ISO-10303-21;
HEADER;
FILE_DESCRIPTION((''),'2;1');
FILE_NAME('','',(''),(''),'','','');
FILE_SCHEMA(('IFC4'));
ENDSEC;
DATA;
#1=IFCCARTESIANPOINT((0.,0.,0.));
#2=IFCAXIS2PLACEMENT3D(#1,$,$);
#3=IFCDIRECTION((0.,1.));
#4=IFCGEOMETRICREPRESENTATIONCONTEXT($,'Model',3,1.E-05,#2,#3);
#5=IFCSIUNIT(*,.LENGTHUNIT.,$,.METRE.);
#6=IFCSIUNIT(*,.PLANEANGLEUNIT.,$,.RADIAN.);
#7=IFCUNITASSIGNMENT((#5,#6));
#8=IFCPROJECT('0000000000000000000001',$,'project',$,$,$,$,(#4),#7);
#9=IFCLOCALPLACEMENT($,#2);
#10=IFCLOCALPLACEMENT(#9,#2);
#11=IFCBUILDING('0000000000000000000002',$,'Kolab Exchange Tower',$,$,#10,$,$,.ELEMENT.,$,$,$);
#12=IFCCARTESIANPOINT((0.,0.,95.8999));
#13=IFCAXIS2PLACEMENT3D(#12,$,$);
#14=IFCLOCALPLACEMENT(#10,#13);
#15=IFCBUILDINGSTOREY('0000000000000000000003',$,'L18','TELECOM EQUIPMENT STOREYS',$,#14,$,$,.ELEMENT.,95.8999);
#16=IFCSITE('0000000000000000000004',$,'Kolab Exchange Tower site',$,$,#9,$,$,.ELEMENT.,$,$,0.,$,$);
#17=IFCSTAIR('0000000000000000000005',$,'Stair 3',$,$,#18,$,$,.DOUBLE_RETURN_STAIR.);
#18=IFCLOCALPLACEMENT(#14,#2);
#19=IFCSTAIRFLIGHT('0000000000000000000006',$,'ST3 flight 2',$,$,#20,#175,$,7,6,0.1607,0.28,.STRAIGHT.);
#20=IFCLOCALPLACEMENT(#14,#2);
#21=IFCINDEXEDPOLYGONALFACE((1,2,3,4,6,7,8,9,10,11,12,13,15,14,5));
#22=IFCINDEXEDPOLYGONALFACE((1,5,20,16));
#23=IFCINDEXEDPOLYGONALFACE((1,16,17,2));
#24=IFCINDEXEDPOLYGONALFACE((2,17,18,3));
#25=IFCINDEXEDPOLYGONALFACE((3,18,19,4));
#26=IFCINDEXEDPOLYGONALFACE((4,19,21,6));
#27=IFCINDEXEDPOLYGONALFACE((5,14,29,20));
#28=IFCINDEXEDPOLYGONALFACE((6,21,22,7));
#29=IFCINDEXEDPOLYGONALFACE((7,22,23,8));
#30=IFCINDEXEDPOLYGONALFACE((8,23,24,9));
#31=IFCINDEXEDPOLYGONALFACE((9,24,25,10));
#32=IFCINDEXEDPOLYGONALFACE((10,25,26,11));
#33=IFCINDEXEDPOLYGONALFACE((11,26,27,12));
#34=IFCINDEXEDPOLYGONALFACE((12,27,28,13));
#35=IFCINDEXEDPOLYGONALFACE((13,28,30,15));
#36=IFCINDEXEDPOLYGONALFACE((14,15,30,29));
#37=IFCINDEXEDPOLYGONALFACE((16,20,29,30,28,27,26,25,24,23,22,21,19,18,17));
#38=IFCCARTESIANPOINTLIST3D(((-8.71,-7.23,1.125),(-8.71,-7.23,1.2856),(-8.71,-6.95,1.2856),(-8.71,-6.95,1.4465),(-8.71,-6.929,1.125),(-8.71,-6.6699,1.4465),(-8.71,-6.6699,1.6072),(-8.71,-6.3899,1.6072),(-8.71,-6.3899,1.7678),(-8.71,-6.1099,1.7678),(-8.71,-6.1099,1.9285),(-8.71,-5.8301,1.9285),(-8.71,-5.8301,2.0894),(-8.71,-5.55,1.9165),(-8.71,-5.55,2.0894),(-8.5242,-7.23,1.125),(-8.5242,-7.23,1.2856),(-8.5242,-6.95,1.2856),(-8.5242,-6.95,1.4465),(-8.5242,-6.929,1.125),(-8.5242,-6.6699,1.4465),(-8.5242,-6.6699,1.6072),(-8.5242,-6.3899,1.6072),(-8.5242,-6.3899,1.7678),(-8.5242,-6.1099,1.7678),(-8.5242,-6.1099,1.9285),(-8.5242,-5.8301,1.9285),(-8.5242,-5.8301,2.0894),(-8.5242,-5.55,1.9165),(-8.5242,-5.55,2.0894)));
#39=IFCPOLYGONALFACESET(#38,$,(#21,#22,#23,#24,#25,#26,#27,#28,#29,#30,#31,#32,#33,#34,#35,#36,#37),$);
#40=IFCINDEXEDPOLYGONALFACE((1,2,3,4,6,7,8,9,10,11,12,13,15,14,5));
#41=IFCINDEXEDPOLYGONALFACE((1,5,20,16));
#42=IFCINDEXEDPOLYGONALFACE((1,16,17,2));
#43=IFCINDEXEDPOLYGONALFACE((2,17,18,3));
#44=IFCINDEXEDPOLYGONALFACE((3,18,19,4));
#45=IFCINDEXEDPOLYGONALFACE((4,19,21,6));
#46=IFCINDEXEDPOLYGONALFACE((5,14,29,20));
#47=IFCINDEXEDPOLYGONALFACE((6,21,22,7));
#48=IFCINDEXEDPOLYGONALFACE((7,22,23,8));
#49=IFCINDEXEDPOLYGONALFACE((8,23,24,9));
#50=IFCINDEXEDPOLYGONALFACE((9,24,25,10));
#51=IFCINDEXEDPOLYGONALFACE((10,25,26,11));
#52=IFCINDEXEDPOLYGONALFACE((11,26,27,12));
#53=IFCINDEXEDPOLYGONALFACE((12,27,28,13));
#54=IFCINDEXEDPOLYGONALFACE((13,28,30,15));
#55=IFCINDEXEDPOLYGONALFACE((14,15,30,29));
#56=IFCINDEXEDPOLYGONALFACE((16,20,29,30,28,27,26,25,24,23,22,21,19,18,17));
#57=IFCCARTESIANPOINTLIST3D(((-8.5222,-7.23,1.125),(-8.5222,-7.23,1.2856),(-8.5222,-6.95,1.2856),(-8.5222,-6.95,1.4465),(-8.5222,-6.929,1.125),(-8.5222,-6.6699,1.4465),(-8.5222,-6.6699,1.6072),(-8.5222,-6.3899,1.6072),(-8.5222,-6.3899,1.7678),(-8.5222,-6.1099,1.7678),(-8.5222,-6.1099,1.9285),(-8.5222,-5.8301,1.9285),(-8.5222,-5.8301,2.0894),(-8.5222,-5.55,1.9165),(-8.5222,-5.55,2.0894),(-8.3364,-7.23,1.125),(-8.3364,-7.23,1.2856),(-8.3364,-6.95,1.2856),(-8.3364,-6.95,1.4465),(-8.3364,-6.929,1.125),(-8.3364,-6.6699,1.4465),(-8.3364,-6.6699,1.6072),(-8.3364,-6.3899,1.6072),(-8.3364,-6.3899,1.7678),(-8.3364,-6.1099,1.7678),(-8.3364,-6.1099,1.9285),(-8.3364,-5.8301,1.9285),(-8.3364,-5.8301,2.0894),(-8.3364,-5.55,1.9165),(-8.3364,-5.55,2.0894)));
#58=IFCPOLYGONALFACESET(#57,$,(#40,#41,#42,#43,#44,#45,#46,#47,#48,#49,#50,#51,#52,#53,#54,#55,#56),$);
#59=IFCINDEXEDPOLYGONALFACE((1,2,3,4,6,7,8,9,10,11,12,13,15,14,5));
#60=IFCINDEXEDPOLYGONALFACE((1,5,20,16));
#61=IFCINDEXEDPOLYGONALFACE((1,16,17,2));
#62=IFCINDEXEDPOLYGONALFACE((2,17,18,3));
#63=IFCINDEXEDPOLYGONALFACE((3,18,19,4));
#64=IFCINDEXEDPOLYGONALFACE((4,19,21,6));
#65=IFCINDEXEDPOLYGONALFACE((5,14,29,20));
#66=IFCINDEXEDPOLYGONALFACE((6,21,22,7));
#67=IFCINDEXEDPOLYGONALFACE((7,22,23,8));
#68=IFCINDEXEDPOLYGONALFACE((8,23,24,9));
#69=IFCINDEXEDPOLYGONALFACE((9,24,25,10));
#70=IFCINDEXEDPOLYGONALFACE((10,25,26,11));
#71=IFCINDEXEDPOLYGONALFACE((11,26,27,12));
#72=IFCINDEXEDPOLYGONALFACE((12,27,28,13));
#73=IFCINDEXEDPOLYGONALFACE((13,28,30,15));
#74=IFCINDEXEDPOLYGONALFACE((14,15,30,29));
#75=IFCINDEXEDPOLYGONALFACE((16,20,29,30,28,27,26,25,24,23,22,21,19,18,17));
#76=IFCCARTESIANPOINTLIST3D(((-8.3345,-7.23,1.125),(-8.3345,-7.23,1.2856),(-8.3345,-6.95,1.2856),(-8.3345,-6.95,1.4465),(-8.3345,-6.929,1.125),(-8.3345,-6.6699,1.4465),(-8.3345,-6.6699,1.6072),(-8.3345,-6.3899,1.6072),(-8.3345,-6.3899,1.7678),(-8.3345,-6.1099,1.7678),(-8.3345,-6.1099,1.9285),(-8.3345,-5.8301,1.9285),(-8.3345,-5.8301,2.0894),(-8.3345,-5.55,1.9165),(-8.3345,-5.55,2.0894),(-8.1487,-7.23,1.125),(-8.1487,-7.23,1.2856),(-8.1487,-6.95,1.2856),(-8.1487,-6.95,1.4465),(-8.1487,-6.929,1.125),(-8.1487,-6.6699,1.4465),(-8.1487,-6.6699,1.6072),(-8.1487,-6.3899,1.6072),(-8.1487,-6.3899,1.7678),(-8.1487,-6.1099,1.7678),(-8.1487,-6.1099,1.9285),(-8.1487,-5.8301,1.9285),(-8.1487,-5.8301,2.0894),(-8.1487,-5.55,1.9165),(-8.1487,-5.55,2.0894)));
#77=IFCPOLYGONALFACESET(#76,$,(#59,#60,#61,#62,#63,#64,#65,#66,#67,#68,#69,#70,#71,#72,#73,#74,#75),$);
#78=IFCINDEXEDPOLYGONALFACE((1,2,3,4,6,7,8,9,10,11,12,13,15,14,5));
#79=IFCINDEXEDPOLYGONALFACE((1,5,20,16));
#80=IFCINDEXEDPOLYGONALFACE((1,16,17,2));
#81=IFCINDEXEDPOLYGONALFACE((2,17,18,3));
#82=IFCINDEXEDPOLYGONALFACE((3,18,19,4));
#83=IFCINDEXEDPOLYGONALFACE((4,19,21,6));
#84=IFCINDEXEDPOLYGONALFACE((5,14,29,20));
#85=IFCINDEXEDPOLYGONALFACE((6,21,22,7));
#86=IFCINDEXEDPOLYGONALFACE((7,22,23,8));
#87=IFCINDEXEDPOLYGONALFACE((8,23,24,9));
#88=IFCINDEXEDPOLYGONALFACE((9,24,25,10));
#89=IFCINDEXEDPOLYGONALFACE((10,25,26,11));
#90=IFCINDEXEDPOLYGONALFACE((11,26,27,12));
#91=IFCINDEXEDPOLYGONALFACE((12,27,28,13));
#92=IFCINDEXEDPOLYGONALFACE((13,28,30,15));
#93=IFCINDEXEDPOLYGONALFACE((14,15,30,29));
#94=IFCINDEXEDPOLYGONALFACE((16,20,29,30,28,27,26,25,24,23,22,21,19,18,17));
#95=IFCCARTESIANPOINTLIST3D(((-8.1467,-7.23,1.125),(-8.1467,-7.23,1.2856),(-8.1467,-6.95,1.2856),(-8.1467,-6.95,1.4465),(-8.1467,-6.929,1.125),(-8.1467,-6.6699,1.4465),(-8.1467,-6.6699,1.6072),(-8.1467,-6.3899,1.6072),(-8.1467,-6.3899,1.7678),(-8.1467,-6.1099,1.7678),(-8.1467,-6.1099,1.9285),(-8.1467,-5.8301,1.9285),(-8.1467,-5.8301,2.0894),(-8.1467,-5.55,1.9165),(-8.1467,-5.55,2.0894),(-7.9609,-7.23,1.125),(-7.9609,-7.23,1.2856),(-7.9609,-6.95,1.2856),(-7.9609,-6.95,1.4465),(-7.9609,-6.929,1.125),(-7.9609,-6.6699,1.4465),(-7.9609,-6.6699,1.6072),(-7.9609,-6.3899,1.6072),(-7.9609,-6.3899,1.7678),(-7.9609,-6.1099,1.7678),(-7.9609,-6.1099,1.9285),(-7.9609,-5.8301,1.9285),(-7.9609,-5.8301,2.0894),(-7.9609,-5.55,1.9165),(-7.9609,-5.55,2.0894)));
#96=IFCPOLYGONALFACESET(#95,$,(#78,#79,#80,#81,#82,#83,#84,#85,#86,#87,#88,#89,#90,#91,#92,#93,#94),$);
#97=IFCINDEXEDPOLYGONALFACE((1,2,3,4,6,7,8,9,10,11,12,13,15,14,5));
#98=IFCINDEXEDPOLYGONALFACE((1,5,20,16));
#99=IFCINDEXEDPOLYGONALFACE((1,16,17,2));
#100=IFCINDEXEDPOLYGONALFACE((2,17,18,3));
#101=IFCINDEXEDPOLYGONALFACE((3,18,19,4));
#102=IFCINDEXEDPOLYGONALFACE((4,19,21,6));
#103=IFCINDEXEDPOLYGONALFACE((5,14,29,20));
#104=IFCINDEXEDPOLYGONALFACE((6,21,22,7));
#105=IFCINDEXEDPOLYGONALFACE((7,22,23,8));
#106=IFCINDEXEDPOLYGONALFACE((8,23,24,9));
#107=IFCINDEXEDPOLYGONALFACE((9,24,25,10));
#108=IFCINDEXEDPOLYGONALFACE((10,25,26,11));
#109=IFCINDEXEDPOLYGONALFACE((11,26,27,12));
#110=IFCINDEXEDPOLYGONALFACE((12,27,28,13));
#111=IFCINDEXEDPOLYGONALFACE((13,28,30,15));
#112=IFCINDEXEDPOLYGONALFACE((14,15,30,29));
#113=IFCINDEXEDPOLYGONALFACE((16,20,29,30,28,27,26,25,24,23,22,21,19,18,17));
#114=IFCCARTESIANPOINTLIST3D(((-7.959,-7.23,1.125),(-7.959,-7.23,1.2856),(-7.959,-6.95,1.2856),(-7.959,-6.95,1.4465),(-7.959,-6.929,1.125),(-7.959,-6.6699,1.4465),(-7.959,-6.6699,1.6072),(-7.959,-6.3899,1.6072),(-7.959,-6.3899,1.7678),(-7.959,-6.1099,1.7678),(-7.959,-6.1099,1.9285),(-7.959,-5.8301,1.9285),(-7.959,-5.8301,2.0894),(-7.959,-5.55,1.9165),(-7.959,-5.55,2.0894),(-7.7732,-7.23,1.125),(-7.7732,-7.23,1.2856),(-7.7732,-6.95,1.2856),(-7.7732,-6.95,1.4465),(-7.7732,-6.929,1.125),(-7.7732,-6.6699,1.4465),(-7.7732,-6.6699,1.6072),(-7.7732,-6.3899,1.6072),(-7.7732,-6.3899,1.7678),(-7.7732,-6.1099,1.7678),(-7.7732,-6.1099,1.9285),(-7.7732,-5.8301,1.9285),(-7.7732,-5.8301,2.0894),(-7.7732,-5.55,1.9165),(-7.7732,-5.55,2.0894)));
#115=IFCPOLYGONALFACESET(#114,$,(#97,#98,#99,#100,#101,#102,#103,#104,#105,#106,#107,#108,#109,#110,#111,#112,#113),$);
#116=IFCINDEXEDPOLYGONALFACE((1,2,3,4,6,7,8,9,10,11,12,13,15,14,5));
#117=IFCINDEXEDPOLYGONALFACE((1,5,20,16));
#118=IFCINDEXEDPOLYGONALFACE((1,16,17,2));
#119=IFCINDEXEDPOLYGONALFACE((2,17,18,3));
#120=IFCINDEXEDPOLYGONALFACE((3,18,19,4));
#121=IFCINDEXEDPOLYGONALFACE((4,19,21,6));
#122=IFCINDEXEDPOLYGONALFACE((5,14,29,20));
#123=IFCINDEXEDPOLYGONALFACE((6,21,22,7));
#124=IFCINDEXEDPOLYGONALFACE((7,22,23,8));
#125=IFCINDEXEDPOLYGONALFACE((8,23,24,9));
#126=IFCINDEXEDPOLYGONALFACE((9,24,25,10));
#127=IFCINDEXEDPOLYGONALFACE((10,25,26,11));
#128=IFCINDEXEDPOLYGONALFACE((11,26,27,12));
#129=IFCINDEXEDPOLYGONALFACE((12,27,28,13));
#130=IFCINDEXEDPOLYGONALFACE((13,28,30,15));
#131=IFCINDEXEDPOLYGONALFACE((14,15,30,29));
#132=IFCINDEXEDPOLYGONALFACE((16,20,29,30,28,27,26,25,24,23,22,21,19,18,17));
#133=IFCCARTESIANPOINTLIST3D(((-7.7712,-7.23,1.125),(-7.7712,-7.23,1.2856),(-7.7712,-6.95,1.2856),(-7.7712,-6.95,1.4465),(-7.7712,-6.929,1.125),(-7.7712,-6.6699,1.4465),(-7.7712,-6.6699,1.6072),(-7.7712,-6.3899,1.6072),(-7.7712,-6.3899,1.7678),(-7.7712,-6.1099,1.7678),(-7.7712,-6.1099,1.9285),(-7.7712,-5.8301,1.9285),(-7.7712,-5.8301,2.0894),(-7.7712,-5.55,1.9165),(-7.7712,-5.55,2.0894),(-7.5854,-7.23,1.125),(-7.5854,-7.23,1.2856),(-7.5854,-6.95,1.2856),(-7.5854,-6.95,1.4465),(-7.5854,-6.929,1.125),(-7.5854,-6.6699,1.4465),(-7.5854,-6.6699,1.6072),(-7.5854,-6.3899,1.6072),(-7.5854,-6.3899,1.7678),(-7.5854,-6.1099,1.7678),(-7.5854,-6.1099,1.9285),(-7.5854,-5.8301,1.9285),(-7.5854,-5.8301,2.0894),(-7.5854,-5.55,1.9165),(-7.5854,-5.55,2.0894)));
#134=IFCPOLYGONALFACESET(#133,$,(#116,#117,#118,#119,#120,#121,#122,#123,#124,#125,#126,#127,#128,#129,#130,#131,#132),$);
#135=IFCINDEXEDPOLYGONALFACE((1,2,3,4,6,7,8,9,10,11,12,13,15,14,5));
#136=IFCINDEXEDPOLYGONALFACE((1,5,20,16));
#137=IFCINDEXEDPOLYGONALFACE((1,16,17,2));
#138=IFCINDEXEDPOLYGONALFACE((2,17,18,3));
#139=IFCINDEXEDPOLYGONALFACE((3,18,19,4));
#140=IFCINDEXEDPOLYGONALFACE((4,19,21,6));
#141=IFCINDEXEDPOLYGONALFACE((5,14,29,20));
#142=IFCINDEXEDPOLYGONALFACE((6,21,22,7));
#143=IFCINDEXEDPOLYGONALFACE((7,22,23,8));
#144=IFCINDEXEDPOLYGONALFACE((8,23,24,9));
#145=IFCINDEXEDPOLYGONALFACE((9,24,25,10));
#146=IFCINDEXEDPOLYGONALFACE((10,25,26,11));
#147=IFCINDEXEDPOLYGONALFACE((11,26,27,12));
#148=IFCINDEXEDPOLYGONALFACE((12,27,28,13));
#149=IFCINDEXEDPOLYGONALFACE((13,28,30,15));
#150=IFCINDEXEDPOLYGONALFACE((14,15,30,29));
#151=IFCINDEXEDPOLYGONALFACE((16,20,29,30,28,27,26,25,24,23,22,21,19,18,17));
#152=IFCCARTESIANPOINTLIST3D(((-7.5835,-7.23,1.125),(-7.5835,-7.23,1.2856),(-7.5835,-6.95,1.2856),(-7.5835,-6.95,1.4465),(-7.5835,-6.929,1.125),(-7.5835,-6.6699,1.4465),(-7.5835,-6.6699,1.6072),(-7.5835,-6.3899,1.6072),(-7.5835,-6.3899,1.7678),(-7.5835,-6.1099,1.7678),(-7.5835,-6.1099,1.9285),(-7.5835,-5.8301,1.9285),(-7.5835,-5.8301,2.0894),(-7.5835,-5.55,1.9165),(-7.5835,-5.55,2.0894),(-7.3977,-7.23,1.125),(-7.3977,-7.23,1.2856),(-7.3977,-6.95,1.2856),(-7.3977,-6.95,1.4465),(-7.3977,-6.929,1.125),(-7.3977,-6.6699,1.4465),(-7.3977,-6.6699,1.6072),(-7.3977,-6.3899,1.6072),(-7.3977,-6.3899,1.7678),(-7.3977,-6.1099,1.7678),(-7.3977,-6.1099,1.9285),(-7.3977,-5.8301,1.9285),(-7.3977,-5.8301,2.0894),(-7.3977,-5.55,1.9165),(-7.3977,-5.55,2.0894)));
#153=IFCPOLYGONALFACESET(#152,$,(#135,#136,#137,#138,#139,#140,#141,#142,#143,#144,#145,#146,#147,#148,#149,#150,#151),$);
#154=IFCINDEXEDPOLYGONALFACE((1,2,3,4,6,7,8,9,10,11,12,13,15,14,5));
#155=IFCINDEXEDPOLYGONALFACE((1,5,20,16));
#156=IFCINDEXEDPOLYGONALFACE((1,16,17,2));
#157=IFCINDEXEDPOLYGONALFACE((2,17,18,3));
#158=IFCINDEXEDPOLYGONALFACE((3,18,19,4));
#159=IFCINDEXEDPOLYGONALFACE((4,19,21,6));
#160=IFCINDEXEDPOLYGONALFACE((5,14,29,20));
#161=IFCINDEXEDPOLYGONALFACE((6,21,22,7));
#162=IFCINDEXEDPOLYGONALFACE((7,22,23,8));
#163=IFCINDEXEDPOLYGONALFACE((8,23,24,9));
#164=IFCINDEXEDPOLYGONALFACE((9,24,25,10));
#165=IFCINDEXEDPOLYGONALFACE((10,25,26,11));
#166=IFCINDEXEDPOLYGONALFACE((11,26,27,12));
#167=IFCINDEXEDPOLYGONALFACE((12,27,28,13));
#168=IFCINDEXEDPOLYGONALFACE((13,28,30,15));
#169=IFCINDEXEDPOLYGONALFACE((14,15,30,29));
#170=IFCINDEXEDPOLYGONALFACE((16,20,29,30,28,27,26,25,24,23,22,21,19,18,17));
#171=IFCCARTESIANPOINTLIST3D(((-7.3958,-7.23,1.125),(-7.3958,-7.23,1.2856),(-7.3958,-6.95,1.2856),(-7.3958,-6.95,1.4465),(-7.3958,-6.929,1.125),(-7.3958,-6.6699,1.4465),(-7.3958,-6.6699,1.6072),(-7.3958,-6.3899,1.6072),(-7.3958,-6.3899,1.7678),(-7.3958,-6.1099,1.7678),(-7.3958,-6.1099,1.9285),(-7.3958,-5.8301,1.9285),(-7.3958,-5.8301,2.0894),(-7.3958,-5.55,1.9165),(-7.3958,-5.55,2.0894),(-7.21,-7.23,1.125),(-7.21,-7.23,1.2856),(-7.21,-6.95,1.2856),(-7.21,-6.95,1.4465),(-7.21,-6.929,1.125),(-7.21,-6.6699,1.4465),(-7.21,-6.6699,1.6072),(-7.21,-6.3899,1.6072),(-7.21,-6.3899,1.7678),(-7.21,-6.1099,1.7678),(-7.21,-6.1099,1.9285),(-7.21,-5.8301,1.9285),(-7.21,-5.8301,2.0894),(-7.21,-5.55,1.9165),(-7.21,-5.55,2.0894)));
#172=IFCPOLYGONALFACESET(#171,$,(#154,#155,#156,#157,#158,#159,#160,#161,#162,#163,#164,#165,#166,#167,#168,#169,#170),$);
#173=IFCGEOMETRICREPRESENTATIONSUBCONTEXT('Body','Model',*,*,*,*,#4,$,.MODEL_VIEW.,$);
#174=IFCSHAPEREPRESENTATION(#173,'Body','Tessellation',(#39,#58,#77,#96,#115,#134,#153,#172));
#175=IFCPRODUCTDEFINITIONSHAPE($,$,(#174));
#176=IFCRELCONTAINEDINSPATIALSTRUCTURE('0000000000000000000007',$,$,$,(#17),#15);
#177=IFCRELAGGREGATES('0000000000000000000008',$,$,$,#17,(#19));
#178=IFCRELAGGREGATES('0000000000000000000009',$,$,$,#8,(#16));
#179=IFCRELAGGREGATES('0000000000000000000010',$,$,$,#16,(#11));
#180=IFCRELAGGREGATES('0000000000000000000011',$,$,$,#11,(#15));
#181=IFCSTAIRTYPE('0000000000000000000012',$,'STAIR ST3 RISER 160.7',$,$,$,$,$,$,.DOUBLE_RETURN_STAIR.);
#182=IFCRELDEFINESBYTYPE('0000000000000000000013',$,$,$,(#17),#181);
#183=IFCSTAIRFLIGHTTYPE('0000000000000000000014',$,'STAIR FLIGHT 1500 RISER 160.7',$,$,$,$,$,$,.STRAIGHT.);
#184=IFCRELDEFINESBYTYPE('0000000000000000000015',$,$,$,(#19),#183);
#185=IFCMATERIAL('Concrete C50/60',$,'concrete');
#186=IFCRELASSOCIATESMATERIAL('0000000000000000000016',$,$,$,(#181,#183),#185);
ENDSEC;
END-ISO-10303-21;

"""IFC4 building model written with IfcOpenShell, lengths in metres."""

from ifc_helpers import new_model, si_unit, direction, frame, origin, place, context, subcontext, project, spatial, polyline, outline, extrude, material, type_object, element, aggregate, save


model = new_model("IFC4")

# Units and contexts
model_context = context("Model", 3, precision=1e-05, world=origin(), true_north=direction((0.0, 1.0)))
body_context = subcontext(model_context, "Body", "Model", "MODEL_VIEW")
ifc_project = project(units=[si_unit("LENGTHUNIT", "METRE"), si_unit("PLANEANGLEUNIT", "RADIAN")], contexts=[model_context])

# Site, building, storey
site_placement = place(None, origin())
site = spatial("IfcSite", under=ifc_project, at=site_placement, Name="Kolab Exchange Tower site", CompositionType="ELEMENT", RefElevation=0.0)
building_placement = place(site_placement, origin())
building = spatial("IfcBuilding", under=site, at=building_placement, Name="Kolab Exchange Tower", CompositionType="ELEMENT")
storey_placement = place(building_placement, frame((0.0, 0.0, 95.8999)))
storey = spatial("IfcBuildingStorey", under=building, at=storey_placement, Name="L18", Description="TELECOM EQUIPMENT STOREYS", CompositionType="ELEMENT", Elevation=95.8999)

# Shared definitions
ifc_material_1 = material(Name="Concrete C50/60", Category="concrete")

# Stair, stair flight
stair_type = type_object("IfcStairType", Name="STAIR ST3 RISER 160.7", PredefinedType="DOUBLE_RETURN_STAIR", material=ifc_material_1)
stair_placement = place(storey_placement, origin())
stair = element("IfcStair", 1, at=stair_placement, inside=storey, type_object=stair_type, Name="Stair 3", PredefinedType="DOUBLE_RETURN_STAIR")
stair_flight_type = type_object("IfcStairFlightType", Name="STAIR FLIGHT 1500 RISER 160.7", PredefinedType="STRAIGHT", material=ifc_material_1)
stair_flight_1_placement = place(storey_placement, frame((-7.96, -7.23, 1.125), z_axis=(0.0, 0.0, 1.0), x_axis=(0.0, 1.0, 0.0)))
stair_flight_1 = element("IfcStairFlight", 2, at=stair_flight_1_placement, type_object=stair_flight_type, Name="ST3 flight 2", NumberOfRisers=7, NumberOfTreads=6, PredefinedType="STRAIGHT", RiserHeight=0.1607, TreadLength=0.28, context=body_context, shape_type="SweptSolid", body=[
    extrude(outline(polyline([(0.0, 0.0), (0.0, 0.1606), (0.28, 0.1606), (0.28, 0.3215), (0.5601, 0.3215), (0.5601, 0.4822), (0.8401, 0.4822), (0.8401, 0.6428), (1.1201, 0.6428), (1.1201, 0.8035), (1.3999, 0.8035), (1.3999, 0.9644), (1.6799, 0.9644), (1.6799, 1.125), (1.6799, 0.7915), (0.301, 0.0), (0.0, 0.0)])), frame((0.0, 0.75, 0.0), z_axis=(0.0, -1.0, 0.0), x_axis=(1.0, 0.0, 0.0)), (0.0, 0.0, 1.0), 0.1858),
    extrude(outline(polyline([(0.0, 0.0), (0.0, 0.1606), (0.28, 0.1606), (0.28, 0.3215), (0.5601, 0.3215), (0.5601, 0.4822), (0.8401, 0.4822), (0.8401, 0.6428), (1.1201, 0.6428), (1.1201, 0.8035), (1.3999, 0.8035), (1.3999, 0.9644), (1.6799, 0.9644), (1.6799, 1.125), (1.6799, 0.7915), (0.301, 0.0), (0.0, 0.0)])), frame((0.0, 0.5623, 0.0), z_axis=(0.0, -1.0, 0.0), x_axis=(1.0, 0.0, 0.0)), (0.0, 0.0, 1.0), 0.1858),
    extrude(outline(polyline([(0.0, 0.0), (0.0, 0.1606), (0.28, 0.1606), (0.28, 0.3215), (0.5601, 0.3215), (0.5601, 0.4822), (0.8401, 0.4822), (0.8401, 0.6428), (1.1201, 0.6428), (1.1201, 0.8035), (1.3999, 0.8035), (1.3999, 0.9644), (1.6799, 0.9644), (1.6799, 1.125), (1.6799, 0.7915), (0.301, 0.0), (0.0, 0.0)])), frame((0.0, 0.3745, 0.0), z_axis=(0.0, -1.0, 0.0), x_axis=(1.0, 0.0, 0.0)), (0.0, 0.0, 1.0), 0.1858),
    extrude(outline(polyline([(0.0, 0.0), (0.0, 0.1606), (0.28, 0.1606), (0.28, 0.3215), (0.5601, 0.3215), (0.5601, 0.4822), (0.8401, 0.4822), (0.8401, 0.6428), (1.1201, 0.6428), (1.1201, 0.8035), (1.3999, 0.8035), (1.3999, 0.9644), (1.6799, 0.9644), (1.6799, 1.125), (1.6799, 0.7915), (0.301, 0.0), (0.0, 0.0)])), frame((0.0, 0.1868, 0.0), z_axis=(0.0, -1.0, 0.0), x_axis=(1.0, 0.0, 0.0)), (0.0, 0.0, 1.0), 0.1858),
    extrude(outline(polyline([(0.0, 0.0), (0.0, 0.1606), (0.28, 0.1606), (0.28, 0.3215), (0.5601, 0.3215), (0.5601, 0.4822), (0.8401, 0.4822), (0.8401, 0.6428), (1.1201, 0.6428), (1.1201, 0.8035), (1.3999, 0.8035), (1.3999, 0.9644), (1.6799, 0.9644), (1.6799, 1.125), (1.6799, 0.7915), (0.301, 0.0), (0.0, 0.0)])), frame((0.0, -0.001, 0.0), z_axis=(0.0, -1.0, 0.0), x_axis=(1.0, 0.0, 0.0)), (0.0, 0.0, 1.0), 0.1858),
    extrude(outline(polyline([(0.0, 0.0), (0.0, 0.1606), (0.28, 0.1606), (0.28, 0.3215), (0.5601, 0.3215), (0.5601, 0.4822), (0.8401, 0.4822), (0.8401, 0.6428), (1.1201, 0.6428), (1.1201, 0.8035), (1.3999, 0.8035), (1.3999, 0.9644), (1.6799, 0.9644), (1.6799, 1.125), (1.6799, 0.7915), (0.301, 0.0), (0.0, 0.0)])), frame((0.0, -0.1887, 0.0), z_axis=(0.0, -1.0, 0.0), x_axis=(1.0, 0.0, 0.0)), (0.0, 0.0, 1.0), 0.1858),
    extrude(outline(polyline([(0.0, 0.0), (0.0, 0.1606), (0.28, 0.1606), (0.28, 0.3215), (0.5601, 0.3215), (0.5601, 0.4822), (0.8401, 0.4822), (0.8401, 0.6428), (1.1201, 0.6428), (1.1201, 0.8035), (1.3999, 0.8035), (1.3999, 0.9644), (1.6799, 0.9644), (1.6799, 1.125), (1.6799, 0.7915), (0.301, 0.0), (0.0, 0.0)])), frame((0.0, -0.3765, 0.0), z_axis=(0.0, -1.0, 0.0), x_axis=(1.0, 0.0, 0.0)), (0.0, 0.0, 1.0), 0.1858),
    extrude(outline(polyline([(0.0, 0.0), (0.0, 0.1606), (0.28, 0.1606), (0.28, 0.3215), (0.5601, 0.3215), (0.5601, 0.4822), (0.8401, 0.4822), (0.8401, 0.6428), (1.1201, 0.6428), (1.1201, 0.8035), (1.3999, 0.8035), (1.3999, 0.9644), (1.6799, 0.9644), (1.6799, 1.125), (1.6799, 0.7915), (0.301, 0.0), (0.0, 0.0)])), frame((0.0, -0.5642, 0.0), z_axis=(0.0, -1.0, 0.0), x_axis=(1.0, 0.0, 0.0)), (0.0, 0.0, 1.0), 0.1858),
])
aggregate(stair, [stair_flight_1])

save(model, "model.ifc")
